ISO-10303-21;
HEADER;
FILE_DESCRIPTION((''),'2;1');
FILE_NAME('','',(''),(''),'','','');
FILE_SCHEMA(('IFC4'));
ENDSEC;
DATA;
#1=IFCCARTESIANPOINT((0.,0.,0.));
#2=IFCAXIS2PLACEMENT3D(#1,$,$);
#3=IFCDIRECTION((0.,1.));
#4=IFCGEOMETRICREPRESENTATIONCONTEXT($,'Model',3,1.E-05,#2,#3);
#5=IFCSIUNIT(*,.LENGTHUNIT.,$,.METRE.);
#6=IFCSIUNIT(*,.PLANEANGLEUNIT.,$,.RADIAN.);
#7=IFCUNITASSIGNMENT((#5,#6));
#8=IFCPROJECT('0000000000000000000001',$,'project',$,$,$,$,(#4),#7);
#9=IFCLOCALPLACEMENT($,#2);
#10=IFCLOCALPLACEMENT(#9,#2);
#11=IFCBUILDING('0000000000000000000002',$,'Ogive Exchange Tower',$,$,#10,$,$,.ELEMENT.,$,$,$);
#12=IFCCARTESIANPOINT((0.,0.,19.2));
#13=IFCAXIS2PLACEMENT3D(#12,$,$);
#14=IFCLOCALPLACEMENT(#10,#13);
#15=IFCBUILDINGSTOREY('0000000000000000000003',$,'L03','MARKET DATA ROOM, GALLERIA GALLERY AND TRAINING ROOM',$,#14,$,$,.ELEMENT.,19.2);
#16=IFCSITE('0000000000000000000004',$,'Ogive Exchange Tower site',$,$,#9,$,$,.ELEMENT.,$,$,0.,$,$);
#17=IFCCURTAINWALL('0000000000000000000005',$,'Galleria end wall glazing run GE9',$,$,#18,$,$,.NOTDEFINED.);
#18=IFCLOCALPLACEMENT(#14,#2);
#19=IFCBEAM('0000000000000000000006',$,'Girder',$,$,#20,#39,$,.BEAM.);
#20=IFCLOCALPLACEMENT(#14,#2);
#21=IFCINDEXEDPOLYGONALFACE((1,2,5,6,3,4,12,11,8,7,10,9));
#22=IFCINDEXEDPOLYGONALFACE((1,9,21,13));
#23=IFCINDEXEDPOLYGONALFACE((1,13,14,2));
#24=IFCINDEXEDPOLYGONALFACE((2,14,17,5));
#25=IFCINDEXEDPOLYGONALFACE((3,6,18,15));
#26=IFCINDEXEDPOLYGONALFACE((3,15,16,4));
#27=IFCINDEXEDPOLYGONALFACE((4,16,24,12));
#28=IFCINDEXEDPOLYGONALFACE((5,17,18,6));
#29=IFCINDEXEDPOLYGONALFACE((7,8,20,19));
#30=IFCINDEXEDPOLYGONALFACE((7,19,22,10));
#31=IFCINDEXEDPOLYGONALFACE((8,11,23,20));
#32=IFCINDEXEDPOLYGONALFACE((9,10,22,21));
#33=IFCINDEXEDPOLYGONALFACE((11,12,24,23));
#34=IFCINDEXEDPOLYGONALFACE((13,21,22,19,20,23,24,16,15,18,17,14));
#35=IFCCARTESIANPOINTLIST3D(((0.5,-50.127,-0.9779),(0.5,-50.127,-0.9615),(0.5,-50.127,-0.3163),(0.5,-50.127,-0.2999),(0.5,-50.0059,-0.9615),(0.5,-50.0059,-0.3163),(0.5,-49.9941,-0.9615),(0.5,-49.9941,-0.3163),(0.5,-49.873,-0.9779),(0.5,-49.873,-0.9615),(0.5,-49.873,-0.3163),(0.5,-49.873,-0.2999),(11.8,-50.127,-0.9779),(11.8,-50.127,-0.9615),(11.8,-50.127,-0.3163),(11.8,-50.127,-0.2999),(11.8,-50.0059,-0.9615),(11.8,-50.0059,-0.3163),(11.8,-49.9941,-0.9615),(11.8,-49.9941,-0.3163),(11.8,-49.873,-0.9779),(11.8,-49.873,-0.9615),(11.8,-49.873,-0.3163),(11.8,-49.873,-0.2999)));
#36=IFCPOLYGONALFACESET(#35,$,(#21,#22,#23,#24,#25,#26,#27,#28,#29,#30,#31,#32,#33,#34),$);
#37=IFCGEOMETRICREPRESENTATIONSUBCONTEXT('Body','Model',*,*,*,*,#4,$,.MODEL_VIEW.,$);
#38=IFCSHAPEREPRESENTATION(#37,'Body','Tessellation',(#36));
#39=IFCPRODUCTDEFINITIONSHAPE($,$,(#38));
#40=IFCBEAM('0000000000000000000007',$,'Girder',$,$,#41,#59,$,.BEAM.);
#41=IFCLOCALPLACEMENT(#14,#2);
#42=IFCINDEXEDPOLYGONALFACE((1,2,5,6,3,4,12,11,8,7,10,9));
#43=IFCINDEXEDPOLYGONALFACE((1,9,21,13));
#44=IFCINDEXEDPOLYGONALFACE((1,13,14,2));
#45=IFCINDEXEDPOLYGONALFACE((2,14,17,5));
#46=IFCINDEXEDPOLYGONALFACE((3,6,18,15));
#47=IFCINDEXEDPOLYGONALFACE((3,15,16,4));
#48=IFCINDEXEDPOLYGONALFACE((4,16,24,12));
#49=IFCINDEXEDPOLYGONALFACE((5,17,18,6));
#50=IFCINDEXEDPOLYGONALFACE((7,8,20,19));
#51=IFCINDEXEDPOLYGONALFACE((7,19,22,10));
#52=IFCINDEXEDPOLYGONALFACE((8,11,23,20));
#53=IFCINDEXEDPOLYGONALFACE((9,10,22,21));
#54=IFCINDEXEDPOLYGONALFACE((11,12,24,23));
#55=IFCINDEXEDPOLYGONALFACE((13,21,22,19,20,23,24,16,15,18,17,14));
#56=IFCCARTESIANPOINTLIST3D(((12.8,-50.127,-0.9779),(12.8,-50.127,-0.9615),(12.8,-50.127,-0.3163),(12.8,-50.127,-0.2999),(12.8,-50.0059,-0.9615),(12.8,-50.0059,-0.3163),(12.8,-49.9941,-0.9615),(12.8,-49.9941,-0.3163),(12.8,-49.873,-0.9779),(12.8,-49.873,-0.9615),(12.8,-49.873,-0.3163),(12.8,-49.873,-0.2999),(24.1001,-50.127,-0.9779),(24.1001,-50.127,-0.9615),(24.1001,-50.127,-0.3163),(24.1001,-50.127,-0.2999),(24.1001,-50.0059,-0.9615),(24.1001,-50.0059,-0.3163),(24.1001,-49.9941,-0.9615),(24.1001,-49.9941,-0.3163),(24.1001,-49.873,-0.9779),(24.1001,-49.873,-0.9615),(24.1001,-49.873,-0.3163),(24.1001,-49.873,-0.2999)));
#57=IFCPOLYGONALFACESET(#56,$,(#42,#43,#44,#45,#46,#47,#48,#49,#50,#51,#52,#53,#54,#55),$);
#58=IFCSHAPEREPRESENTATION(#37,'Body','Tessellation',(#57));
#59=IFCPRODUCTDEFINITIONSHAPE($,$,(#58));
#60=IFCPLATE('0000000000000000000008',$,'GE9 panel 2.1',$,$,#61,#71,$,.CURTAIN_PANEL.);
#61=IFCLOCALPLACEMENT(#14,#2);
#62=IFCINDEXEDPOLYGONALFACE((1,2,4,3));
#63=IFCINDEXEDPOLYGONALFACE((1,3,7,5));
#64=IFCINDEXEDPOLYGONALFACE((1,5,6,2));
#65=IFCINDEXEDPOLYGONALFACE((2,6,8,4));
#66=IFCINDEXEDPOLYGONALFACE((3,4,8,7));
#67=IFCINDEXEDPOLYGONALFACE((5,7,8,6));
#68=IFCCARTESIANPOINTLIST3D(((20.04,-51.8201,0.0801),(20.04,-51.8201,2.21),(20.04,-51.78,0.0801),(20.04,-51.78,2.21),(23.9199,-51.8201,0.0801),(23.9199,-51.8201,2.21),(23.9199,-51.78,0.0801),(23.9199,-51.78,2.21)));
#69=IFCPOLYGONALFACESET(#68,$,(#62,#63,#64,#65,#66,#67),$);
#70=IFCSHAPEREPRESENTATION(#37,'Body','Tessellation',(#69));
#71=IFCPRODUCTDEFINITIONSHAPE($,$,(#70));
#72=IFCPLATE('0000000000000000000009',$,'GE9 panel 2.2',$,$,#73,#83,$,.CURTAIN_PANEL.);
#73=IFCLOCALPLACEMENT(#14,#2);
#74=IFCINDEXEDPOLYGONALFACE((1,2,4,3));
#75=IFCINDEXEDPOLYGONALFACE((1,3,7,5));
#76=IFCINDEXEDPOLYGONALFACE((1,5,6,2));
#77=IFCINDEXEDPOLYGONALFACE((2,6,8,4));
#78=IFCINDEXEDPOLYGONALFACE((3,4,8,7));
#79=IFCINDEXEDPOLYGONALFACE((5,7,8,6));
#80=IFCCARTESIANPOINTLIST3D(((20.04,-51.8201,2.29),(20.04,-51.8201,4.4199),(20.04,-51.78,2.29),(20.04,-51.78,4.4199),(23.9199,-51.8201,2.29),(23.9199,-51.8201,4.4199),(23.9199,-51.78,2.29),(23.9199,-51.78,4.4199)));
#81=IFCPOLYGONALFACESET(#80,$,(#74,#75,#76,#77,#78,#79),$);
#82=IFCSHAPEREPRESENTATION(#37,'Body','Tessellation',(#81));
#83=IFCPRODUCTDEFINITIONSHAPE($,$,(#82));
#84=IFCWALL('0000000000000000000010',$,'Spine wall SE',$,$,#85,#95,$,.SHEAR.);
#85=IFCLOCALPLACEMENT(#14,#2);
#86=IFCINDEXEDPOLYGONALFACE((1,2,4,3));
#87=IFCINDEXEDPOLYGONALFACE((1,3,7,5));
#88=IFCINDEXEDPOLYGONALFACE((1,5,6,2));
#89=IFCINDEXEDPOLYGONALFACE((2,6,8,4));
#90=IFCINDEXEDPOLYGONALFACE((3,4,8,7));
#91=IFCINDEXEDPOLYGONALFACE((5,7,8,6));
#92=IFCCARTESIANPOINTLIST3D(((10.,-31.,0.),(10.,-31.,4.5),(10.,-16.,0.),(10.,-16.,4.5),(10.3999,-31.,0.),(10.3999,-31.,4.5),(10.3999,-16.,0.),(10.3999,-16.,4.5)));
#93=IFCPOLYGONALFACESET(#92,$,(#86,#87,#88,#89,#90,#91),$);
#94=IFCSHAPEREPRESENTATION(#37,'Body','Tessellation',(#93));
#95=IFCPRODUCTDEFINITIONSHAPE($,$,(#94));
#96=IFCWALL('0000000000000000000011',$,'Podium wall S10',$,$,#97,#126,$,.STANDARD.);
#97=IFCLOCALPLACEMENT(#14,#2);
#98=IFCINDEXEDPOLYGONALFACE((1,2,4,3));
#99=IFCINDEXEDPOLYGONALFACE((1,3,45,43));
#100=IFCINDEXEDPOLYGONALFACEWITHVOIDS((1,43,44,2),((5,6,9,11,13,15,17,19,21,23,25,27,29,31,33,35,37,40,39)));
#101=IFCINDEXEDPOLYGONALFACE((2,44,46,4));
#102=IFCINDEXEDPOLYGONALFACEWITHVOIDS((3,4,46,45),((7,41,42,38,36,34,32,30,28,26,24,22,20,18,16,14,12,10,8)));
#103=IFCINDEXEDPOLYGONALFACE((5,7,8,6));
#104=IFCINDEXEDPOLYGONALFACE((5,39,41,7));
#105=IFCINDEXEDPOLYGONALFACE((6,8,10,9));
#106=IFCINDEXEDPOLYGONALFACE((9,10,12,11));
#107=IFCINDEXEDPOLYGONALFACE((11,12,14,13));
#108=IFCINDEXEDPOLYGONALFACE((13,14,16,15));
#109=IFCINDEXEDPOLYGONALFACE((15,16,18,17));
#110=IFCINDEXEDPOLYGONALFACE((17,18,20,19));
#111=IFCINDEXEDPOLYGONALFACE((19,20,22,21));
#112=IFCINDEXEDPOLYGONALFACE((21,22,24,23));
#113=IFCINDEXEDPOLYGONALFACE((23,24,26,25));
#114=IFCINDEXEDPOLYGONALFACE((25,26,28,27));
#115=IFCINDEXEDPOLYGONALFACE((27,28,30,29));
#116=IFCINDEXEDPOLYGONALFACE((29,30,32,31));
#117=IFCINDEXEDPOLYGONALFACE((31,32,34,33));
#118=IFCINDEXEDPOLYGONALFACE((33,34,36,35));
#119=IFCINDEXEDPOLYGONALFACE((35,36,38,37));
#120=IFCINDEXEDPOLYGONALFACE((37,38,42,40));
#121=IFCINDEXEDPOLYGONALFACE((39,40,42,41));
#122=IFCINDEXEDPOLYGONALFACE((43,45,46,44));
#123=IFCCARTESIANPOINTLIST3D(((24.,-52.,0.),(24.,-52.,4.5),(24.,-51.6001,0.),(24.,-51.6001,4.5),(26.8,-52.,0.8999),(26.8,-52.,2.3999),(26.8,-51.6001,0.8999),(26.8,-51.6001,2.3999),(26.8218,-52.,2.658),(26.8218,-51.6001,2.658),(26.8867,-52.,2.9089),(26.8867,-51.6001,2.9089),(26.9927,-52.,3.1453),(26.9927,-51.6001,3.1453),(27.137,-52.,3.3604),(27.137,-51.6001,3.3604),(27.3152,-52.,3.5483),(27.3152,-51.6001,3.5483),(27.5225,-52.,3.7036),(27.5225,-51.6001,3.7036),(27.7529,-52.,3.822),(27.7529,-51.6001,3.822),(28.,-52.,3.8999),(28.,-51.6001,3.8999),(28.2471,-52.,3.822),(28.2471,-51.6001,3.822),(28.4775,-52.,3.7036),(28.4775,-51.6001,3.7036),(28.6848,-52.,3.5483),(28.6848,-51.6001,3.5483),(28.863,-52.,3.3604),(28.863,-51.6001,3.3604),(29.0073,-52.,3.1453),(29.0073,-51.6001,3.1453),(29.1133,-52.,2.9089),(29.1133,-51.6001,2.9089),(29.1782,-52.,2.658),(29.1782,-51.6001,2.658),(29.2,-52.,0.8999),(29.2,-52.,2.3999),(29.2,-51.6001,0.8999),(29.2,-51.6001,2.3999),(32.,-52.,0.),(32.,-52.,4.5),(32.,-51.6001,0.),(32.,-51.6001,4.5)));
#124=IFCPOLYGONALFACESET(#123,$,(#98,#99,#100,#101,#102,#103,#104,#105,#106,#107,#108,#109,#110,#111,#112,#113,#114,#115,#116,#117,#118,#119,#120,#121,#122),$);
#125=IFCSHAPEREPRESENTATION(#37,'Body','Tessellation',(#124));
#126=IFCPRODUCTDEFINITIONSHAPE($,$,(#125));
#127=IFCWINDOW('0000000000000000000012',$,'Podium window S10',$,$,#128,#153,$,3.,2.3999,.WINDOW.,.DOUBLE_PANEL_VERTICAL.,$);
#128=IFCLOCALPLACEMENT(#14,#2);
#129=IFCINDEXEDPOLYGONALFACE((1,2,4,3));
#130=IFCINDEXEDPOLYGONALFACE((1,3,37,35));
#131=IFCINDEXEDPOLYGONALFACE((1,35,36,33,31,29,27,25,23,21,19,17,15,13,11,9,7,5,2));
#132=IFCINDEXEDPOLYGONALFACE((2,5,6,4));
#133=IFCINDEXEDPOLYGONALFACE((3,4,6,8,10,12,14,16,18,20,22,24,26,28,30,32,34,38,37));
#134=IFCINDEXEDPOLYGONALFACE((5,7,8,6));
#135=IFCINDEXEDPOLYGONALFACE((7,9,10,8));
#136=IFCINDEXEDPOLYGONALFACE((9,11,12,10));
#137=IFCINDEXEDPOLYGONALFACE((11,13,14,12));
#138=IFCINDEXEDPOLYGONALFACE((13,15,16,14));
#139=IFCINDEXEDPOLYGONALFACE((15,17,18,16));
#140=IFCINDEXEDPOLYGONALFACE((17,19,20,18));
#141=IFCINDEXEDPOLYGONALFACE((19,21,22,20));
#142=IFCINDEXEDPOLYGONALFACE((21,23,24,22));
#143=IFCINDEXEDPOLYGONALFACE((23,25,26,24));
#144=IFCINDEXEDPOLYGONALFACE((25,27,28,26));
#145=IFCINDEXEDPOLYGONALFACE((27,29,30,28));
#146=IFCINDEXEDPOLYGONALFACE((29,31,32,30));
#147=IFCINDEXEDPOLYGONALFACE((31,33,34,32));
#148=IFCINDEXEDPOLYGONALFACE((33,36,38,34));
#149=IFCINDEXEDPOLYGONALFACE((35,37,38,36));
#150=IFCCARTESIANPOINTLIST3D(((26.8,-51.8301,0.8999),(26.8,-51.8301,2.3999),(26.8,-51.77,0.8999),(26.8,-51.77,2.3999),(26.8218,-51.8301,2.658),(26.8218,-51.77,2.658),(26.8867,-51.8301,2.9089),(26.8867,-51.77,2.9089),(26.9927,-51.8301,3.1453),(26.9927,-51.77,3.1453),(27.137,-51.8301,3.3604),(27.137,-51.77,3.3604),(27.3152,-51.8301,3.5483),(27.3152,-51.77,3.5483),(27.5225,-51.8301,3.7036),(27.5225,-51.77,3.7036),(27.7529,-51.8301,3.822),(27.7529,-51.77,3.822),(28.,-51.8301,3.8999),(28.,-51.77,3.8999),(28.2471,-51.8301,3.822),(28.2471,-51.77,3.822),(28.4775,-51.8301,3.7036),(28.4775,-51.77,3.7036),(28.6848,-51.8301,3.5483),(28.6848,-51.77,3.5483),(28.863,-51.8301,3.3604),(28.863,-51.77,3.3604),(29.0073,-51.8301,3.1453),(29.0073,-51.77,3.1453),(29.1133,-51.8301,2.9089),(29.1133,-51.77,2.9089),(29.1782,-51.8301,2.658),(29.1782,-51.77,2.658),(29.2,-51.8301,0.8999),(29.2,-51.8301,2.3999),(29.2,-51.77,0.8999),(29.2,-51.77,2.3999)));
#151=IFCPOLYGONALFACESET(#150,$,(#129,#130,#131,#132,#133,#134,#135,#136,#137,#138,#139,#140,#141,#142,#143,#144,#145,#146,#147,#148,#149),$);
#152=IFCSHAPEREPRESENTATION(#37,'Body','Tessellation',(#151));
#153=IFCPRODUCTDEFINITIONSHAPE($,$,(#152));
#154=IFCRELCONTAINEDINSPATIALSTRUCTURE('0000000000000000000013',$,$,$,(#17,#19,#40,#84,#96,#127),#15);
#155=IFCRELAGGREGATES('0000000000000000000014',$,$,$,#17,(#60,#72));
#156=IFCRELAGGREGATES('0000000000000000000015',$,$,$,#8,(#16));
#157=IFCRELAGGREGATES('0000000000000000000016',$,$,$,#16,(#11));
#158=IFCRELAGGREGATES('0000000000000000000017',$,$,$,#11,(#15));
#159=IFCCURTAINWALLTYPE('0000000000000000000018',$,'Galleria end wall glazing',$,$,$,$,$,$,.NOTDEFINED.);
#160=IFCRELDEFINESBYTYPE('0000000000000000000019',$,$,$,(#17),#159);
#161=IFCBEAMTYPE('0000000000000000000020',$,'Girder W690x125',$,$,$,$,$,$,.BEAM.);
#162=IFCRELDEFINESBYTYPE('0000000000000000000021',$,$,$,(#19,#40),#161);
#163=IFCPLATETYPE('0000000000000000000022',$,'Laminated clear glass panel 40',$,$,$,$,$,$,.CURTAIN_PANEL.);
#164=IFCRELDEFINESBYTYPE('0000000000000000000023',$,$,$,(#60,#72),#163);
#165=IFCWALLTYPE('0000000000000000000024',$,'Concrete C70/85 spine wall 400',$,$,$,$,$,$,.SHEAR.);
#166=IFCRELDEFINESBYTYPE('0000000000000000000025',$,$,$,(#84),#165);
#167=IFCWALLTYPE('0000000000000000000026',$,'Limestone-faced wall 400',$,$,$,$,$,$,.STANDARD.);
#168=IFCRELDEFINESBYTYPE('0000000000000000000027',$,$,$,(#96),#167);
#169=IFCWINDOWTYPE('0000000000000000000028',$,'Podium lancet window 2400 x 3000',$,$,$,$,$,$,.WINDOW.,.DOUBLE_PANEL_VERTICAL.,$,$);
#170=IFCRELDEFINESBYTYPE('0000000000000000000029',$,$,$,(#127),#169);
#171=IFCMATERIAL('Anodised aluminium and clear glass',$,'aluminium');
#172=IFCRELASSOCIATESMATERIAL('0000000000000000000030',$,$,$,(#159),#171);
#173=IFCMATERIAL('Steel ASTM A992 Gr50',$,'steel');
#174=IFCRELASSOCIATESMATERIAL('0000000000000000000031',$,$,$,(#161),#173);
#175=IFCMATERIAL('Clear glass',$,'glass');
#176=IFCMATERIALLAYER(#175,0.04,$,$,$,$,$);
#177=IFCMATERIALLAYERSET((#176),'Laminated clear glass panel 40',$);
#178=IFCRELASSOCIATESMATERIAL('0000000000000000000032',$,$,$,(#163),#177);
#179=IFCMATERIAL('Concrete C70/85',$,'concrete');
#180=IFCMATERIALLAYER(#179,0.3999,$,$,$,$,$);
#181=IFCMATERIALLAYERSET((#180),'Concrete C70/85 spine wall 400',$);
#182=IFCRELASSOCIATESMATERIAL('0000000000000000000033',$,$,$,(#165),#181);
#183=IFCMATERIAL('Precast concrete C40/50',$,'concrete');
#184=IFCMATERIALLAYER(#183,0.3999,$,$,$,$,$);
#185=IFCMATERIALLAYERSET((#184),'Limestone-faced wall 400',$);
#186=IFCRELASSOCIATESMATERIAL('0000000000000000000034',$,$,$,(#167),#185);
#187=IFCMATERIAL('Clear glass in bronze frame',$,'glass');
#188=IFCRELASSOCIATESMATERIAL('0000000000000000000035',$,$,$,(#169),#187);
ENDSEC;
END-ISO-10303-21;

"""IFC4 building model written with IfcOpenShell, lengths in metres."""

from ifc_helpers import new_model, si_unit, direction, frame, frame_2d, origin, origin_2d, place, context, subcontext, project, spatial, polyline, rectangle, i_section, outline, extrude, material, layer, layer_set, material_profile, profile_set, type_object, element, fill, aggregate, save


model = new_model("IFC4")

# Units and contexts
model_context = context("Model", 3, precision=1e-05, world=origin(), true_north=direction((0.0, 1.0)))
body_context = subcontext(model_context, "Body", "Model", "MODEL_VIEW")
ifc_project = project(units=[si_unit("LENGTHUNIT", "METRE"), si_unit("PLANEANGLEUNIT", "RADIAN")], contexts=[model_context])

# Site, building, storey
site_placement = place(None, origin())
site = spatial("IfcSite", under=ifc_project, at=site_placement, Name="Ogive Exchange Tower site", CompositionType="ELEMENT", RefElevation=0.0)
building_placement = place(site_placement, origin())
building = spatial("IfcBuilding", under=site, at=building_placement, Name="Ogive Exchange Tower", CompositionType="ELEMENT")
storey_placement = place(building_placement, frame((0.0, 0.0, 19.2)))
storey = spatial("IfcBuildingStorey", under=building, at=storey_placement, Name="L03", Description="MARKET DATA ROOM, GALLERIA GALLERY AND TRAINING ROOM", CompositionType="ELEMENT", Elevation=19.2)

# Shared definitions
ifc_material_1 = material(Name="Concrete C70/85", Category="concrete")

# Shared definitions
ifc_material_2 = material(Name="Steel ASTM A992 Gr50", Category="steel")

# Curtain wall
ifc_material_3 = material(Name="Anodised aluminium and clear glass", Category="aluminium")
curtain_wall_type = type_object("IfcCurtainWallType", Name="Galleria end wall glazing", PredefinedType="NOTDEFINED", material=ifc_material_3)
curtain_wall_placement = place(storey_placement, origin())
curtain_wall = element("IfcCurtainWall", 1, at=curtain_wall_placement, inside=storey, type_object=curtain_wall_type, Name="Galleria end wall glazing run GE9", PredefinedType="NOTDEFINED")

# Beams
ifc_material_profile_1 = material_profile(ifc_material_2, i_section(OverallWidth=0.2539, OverallDepth=0.678, WebThickness=0.0117, FlangeThickness=0.0164, at=origin_2d()), Name="W690x125")
ifc_profile_set_1 = profile_set([ifc_material_profile_1], Name="Steel ASTM A992 Gr50")
beam_type_1 = type_object("IfcBeamType", Name="Girder W690x125", PredefinedType="BEAM", material=ifc_profile_set_1)
for number, where, z_axis, x_axis, name in (
    (2, (0.5, -50.0, -0.6389), (1.0, 0.0, 0.0), (0.0, 1.0, 0.0), "Girder"),
    (3, (12.8, -50.0, -0.6389), (1.0, 0.0, 0.0), (0.0, 1.0, 0.0), "Girder"),
):
    element("IfcBeam", number, at=place(storey_placement, frame(where, z_axis=z_axis, x_axis=x_axis)), inside=storey, type_object=beam_type_1, Name=name, PredefinedType="BEAM", context=body_context, shape_type="SweptSolid", body=[
        extrude(i_section(OverallWidth=0.2539, OverallDepth=0.678, WebThickness=0.0117, FlangeThickness=0.0164, at=origin_2d()), origin(), (0.0, 0.0, 1.0), 11.3),
    ])

# Plates
ifc_material_4 = material(Name="Clear glass", Category="glass")
ifc_layer_1 = layer(ifc_material_4, 0.04)
ifc_layer_set_1 = layer_set([ifc_layer_1], Name="Laminated clear glass panel 40")
plate_type = type_object("IfcPlateType", Name="Laminated clear glass panel 40", PredefinedType="CURTAIN_PANEL", material=ifc_layer_set_1)
plate_1_placement = place(storey_placement, frame((21.98, -51.8, 0.0801), z_axis=(0.0, 0.0, 1.0), x_axis=(1.0, 0.0, 0.0)))
plate_1 = element("IfcPlate", 4, at=plate_1_placement, type_object=plate_type, Name="GE9 panel 2.1", PredefinedType="CURTAIN_PANEL", context=body_context, shape_type="SweptSolid", body=[
    extrude(rectangle(XDim=3.8799, YDim=0.04, at=origin_2d()), origin(), (0.0, 0.0, 1.0), 2.1299),
])
plate_2_placement = place(storey_placement, frame((21.98, -51.8, 2.29), z_axis=(0.0, 0.0, 1.0), x_axis=(1.0, 0.0, 0.0)))
plate_2 = element("IfcPlate", 5, at=plate_2_placement, type_object=plate_type, Name="GE9 panel 2.2", PredefinedType="CURTAIN_PANEL", context=body_context, shape_type="SweptSolid", body=[
    extrude(rectangle(XDim=3.8799, YDim=0.04, at=origin_2d()), origin(), (0.0, 0.0, 1.0), 2.1299),
])
aggregate(curtain_wall, [plate_1, plate_2])

# Wall
ifc_layer_2 = layer(ifc_material_1, 0.3999)
ifc_layer_set_2 = layer_set([ifc_layer_2], Name="Concrete C70/85 spine wall 400")
wall_type_1 = type_object("IfcWallType", Name="Concrete C70/85 spine wall 400", PredefinedType="SHEAR", material=ifc_layer_set_2)
wall_1_placement = place(storey_placement, frame((10.2, -31.0, 0.0), z_axis=(0.0, 0.0, 1.0), x_axis=(0.0, 1.0, 0.0)))
element("IfcWall", 6, at=wall_1_placement, inside=storey, type_object=wall_type_1, Name="Spine wall SE", PredefinedType="SHEAR", context=body_context, shape_type="SweptSolid", body=[
    extrude(rectangle(XDim=15.0, YDim=0.3999, at=frame_2d((7.5, 0.0))), origin(), (0.0, 0.0, 1.0), 4.5),
])

# Wall, opening, window
ifc_material_5 = material(Name="Precast concrete C40/50", Category="concrete")
ifc_layer_3 = layer(ifc_material_5, 0.3999)
ifc_layer_set_3 = layer_set([ifc_layer_3], Name="Limestone-faced wall 400")
wall_type_2 = type_object("IfcWallType", Name="Limestone-faced wall 400", PredefinedType="STANDARD", material=ifc_layer_set_3)
wall_2_placement = place(storey_placement, frame((24.0, -51.8, 0.0), z_axis=(0.0, 0.0, 1.0), x_axis=(1.0, 0.0, 0.0)))
wall_2 = element("IfcWall", 7, at=wall_2_placement, inside=storey, type_object=wall_type_2, Name="Podium wall S10", PredefinedType="STANDARD", context=body_context, shape_type="SweptSolid", body=[
    extrude(rectangle(XDim=8.0, YDim=0.3999, at=frame_2d((4.0, 0.0))), origin(), (0.0, 0.0, 1.0), 4.5),
])
opening_placement = place(wall_2_placement, frame((2.8, 0.0, 0.8999)))
opening = element("IfcOpeningElement", 8, at=opening_placement, cuts=wall_2, PredefinedType="OPENING", context=body_context, shape_type="SweptSolid", body=[
    extrude(outline(polyline([(0.0, 0.0), (2.3999, 0.0), (2.3999, 1.5), (2.3782, 1.7581), (2.3132, 2.009), (2.2073, 2.2454), (2.063, 2.4604), (1.8848, 2.6484), (1.6775, 2.8037), (1.447, 2.9221), (1.2, 3.0), (0.9529, 2.9221), (0.7224, 2.8037), (0.5151, 2.6484), (0.3369, 2.4604), (0.1926, 2.2454), (0.0867, 2.009), (0.0217, 1.7581), (0.0, 1.5), (0.0, 0.0)])), frame((0.0, 0.21, 0.0), z_axis=(0.0, -1.0, 0.0), x_axis=(1.0, 0.0, 0.0)), (0.0, 0.0, 1.0), 0.4199),
])
ifc_material_6 = material(Name="Clear glass in bronze frame", Category="glass")
window_type = type_object("IfcWindowType", Name="Podium lancet window 2400 x 3000", PartitioningType="DOUBLE_PANEL_VERTICAL", PredefinedType="WINDOW", material=ifc_material_6)
window_placement = place(opening_placement, origin())
window = element("IfcWindow", 9, at=window_placement, inside=storey, type_object=window_type, Name="Podium window S10", OverallHeight=3.0, OverallWidth=2.3999, PartitioningType="DOUBLE_PANEL_VERTICAL", PredefinedType="WINDOW", context=body_context, shape_type="SweptSolid", body=[
    extrude(outline(polyline([(0.0, 0.0), (2.3999, 0.0), (2.3999, 1.5), (2.3782, 1.7581), (2.3132, 2.009), (2.2073, 2.2454), (2.063, 2.4604), (1.8848, 2.6484), (1.6775, 2.8037), (1.447, 2.9221), (1.2, 3.0), (0.9529, 2.9221), (0.7224, 2.8037), (0.5151, 2.6484), (0.3369, 2.4604), (0.1926, 2.2454), (0.0867, 2.009), (0.0217, 1.7581), (0.0, 1.5), (0.0, 0.0)])), frame((0.0, 0.03, 0.0), z_axis=(0.0, -1.0, 0.0), x_axis=(1.0, 0.0, 0.0)), (0.0, 0.0, 1.0), 0.0601),
])
fill(opening, window)

save(model, "model.ifc")
